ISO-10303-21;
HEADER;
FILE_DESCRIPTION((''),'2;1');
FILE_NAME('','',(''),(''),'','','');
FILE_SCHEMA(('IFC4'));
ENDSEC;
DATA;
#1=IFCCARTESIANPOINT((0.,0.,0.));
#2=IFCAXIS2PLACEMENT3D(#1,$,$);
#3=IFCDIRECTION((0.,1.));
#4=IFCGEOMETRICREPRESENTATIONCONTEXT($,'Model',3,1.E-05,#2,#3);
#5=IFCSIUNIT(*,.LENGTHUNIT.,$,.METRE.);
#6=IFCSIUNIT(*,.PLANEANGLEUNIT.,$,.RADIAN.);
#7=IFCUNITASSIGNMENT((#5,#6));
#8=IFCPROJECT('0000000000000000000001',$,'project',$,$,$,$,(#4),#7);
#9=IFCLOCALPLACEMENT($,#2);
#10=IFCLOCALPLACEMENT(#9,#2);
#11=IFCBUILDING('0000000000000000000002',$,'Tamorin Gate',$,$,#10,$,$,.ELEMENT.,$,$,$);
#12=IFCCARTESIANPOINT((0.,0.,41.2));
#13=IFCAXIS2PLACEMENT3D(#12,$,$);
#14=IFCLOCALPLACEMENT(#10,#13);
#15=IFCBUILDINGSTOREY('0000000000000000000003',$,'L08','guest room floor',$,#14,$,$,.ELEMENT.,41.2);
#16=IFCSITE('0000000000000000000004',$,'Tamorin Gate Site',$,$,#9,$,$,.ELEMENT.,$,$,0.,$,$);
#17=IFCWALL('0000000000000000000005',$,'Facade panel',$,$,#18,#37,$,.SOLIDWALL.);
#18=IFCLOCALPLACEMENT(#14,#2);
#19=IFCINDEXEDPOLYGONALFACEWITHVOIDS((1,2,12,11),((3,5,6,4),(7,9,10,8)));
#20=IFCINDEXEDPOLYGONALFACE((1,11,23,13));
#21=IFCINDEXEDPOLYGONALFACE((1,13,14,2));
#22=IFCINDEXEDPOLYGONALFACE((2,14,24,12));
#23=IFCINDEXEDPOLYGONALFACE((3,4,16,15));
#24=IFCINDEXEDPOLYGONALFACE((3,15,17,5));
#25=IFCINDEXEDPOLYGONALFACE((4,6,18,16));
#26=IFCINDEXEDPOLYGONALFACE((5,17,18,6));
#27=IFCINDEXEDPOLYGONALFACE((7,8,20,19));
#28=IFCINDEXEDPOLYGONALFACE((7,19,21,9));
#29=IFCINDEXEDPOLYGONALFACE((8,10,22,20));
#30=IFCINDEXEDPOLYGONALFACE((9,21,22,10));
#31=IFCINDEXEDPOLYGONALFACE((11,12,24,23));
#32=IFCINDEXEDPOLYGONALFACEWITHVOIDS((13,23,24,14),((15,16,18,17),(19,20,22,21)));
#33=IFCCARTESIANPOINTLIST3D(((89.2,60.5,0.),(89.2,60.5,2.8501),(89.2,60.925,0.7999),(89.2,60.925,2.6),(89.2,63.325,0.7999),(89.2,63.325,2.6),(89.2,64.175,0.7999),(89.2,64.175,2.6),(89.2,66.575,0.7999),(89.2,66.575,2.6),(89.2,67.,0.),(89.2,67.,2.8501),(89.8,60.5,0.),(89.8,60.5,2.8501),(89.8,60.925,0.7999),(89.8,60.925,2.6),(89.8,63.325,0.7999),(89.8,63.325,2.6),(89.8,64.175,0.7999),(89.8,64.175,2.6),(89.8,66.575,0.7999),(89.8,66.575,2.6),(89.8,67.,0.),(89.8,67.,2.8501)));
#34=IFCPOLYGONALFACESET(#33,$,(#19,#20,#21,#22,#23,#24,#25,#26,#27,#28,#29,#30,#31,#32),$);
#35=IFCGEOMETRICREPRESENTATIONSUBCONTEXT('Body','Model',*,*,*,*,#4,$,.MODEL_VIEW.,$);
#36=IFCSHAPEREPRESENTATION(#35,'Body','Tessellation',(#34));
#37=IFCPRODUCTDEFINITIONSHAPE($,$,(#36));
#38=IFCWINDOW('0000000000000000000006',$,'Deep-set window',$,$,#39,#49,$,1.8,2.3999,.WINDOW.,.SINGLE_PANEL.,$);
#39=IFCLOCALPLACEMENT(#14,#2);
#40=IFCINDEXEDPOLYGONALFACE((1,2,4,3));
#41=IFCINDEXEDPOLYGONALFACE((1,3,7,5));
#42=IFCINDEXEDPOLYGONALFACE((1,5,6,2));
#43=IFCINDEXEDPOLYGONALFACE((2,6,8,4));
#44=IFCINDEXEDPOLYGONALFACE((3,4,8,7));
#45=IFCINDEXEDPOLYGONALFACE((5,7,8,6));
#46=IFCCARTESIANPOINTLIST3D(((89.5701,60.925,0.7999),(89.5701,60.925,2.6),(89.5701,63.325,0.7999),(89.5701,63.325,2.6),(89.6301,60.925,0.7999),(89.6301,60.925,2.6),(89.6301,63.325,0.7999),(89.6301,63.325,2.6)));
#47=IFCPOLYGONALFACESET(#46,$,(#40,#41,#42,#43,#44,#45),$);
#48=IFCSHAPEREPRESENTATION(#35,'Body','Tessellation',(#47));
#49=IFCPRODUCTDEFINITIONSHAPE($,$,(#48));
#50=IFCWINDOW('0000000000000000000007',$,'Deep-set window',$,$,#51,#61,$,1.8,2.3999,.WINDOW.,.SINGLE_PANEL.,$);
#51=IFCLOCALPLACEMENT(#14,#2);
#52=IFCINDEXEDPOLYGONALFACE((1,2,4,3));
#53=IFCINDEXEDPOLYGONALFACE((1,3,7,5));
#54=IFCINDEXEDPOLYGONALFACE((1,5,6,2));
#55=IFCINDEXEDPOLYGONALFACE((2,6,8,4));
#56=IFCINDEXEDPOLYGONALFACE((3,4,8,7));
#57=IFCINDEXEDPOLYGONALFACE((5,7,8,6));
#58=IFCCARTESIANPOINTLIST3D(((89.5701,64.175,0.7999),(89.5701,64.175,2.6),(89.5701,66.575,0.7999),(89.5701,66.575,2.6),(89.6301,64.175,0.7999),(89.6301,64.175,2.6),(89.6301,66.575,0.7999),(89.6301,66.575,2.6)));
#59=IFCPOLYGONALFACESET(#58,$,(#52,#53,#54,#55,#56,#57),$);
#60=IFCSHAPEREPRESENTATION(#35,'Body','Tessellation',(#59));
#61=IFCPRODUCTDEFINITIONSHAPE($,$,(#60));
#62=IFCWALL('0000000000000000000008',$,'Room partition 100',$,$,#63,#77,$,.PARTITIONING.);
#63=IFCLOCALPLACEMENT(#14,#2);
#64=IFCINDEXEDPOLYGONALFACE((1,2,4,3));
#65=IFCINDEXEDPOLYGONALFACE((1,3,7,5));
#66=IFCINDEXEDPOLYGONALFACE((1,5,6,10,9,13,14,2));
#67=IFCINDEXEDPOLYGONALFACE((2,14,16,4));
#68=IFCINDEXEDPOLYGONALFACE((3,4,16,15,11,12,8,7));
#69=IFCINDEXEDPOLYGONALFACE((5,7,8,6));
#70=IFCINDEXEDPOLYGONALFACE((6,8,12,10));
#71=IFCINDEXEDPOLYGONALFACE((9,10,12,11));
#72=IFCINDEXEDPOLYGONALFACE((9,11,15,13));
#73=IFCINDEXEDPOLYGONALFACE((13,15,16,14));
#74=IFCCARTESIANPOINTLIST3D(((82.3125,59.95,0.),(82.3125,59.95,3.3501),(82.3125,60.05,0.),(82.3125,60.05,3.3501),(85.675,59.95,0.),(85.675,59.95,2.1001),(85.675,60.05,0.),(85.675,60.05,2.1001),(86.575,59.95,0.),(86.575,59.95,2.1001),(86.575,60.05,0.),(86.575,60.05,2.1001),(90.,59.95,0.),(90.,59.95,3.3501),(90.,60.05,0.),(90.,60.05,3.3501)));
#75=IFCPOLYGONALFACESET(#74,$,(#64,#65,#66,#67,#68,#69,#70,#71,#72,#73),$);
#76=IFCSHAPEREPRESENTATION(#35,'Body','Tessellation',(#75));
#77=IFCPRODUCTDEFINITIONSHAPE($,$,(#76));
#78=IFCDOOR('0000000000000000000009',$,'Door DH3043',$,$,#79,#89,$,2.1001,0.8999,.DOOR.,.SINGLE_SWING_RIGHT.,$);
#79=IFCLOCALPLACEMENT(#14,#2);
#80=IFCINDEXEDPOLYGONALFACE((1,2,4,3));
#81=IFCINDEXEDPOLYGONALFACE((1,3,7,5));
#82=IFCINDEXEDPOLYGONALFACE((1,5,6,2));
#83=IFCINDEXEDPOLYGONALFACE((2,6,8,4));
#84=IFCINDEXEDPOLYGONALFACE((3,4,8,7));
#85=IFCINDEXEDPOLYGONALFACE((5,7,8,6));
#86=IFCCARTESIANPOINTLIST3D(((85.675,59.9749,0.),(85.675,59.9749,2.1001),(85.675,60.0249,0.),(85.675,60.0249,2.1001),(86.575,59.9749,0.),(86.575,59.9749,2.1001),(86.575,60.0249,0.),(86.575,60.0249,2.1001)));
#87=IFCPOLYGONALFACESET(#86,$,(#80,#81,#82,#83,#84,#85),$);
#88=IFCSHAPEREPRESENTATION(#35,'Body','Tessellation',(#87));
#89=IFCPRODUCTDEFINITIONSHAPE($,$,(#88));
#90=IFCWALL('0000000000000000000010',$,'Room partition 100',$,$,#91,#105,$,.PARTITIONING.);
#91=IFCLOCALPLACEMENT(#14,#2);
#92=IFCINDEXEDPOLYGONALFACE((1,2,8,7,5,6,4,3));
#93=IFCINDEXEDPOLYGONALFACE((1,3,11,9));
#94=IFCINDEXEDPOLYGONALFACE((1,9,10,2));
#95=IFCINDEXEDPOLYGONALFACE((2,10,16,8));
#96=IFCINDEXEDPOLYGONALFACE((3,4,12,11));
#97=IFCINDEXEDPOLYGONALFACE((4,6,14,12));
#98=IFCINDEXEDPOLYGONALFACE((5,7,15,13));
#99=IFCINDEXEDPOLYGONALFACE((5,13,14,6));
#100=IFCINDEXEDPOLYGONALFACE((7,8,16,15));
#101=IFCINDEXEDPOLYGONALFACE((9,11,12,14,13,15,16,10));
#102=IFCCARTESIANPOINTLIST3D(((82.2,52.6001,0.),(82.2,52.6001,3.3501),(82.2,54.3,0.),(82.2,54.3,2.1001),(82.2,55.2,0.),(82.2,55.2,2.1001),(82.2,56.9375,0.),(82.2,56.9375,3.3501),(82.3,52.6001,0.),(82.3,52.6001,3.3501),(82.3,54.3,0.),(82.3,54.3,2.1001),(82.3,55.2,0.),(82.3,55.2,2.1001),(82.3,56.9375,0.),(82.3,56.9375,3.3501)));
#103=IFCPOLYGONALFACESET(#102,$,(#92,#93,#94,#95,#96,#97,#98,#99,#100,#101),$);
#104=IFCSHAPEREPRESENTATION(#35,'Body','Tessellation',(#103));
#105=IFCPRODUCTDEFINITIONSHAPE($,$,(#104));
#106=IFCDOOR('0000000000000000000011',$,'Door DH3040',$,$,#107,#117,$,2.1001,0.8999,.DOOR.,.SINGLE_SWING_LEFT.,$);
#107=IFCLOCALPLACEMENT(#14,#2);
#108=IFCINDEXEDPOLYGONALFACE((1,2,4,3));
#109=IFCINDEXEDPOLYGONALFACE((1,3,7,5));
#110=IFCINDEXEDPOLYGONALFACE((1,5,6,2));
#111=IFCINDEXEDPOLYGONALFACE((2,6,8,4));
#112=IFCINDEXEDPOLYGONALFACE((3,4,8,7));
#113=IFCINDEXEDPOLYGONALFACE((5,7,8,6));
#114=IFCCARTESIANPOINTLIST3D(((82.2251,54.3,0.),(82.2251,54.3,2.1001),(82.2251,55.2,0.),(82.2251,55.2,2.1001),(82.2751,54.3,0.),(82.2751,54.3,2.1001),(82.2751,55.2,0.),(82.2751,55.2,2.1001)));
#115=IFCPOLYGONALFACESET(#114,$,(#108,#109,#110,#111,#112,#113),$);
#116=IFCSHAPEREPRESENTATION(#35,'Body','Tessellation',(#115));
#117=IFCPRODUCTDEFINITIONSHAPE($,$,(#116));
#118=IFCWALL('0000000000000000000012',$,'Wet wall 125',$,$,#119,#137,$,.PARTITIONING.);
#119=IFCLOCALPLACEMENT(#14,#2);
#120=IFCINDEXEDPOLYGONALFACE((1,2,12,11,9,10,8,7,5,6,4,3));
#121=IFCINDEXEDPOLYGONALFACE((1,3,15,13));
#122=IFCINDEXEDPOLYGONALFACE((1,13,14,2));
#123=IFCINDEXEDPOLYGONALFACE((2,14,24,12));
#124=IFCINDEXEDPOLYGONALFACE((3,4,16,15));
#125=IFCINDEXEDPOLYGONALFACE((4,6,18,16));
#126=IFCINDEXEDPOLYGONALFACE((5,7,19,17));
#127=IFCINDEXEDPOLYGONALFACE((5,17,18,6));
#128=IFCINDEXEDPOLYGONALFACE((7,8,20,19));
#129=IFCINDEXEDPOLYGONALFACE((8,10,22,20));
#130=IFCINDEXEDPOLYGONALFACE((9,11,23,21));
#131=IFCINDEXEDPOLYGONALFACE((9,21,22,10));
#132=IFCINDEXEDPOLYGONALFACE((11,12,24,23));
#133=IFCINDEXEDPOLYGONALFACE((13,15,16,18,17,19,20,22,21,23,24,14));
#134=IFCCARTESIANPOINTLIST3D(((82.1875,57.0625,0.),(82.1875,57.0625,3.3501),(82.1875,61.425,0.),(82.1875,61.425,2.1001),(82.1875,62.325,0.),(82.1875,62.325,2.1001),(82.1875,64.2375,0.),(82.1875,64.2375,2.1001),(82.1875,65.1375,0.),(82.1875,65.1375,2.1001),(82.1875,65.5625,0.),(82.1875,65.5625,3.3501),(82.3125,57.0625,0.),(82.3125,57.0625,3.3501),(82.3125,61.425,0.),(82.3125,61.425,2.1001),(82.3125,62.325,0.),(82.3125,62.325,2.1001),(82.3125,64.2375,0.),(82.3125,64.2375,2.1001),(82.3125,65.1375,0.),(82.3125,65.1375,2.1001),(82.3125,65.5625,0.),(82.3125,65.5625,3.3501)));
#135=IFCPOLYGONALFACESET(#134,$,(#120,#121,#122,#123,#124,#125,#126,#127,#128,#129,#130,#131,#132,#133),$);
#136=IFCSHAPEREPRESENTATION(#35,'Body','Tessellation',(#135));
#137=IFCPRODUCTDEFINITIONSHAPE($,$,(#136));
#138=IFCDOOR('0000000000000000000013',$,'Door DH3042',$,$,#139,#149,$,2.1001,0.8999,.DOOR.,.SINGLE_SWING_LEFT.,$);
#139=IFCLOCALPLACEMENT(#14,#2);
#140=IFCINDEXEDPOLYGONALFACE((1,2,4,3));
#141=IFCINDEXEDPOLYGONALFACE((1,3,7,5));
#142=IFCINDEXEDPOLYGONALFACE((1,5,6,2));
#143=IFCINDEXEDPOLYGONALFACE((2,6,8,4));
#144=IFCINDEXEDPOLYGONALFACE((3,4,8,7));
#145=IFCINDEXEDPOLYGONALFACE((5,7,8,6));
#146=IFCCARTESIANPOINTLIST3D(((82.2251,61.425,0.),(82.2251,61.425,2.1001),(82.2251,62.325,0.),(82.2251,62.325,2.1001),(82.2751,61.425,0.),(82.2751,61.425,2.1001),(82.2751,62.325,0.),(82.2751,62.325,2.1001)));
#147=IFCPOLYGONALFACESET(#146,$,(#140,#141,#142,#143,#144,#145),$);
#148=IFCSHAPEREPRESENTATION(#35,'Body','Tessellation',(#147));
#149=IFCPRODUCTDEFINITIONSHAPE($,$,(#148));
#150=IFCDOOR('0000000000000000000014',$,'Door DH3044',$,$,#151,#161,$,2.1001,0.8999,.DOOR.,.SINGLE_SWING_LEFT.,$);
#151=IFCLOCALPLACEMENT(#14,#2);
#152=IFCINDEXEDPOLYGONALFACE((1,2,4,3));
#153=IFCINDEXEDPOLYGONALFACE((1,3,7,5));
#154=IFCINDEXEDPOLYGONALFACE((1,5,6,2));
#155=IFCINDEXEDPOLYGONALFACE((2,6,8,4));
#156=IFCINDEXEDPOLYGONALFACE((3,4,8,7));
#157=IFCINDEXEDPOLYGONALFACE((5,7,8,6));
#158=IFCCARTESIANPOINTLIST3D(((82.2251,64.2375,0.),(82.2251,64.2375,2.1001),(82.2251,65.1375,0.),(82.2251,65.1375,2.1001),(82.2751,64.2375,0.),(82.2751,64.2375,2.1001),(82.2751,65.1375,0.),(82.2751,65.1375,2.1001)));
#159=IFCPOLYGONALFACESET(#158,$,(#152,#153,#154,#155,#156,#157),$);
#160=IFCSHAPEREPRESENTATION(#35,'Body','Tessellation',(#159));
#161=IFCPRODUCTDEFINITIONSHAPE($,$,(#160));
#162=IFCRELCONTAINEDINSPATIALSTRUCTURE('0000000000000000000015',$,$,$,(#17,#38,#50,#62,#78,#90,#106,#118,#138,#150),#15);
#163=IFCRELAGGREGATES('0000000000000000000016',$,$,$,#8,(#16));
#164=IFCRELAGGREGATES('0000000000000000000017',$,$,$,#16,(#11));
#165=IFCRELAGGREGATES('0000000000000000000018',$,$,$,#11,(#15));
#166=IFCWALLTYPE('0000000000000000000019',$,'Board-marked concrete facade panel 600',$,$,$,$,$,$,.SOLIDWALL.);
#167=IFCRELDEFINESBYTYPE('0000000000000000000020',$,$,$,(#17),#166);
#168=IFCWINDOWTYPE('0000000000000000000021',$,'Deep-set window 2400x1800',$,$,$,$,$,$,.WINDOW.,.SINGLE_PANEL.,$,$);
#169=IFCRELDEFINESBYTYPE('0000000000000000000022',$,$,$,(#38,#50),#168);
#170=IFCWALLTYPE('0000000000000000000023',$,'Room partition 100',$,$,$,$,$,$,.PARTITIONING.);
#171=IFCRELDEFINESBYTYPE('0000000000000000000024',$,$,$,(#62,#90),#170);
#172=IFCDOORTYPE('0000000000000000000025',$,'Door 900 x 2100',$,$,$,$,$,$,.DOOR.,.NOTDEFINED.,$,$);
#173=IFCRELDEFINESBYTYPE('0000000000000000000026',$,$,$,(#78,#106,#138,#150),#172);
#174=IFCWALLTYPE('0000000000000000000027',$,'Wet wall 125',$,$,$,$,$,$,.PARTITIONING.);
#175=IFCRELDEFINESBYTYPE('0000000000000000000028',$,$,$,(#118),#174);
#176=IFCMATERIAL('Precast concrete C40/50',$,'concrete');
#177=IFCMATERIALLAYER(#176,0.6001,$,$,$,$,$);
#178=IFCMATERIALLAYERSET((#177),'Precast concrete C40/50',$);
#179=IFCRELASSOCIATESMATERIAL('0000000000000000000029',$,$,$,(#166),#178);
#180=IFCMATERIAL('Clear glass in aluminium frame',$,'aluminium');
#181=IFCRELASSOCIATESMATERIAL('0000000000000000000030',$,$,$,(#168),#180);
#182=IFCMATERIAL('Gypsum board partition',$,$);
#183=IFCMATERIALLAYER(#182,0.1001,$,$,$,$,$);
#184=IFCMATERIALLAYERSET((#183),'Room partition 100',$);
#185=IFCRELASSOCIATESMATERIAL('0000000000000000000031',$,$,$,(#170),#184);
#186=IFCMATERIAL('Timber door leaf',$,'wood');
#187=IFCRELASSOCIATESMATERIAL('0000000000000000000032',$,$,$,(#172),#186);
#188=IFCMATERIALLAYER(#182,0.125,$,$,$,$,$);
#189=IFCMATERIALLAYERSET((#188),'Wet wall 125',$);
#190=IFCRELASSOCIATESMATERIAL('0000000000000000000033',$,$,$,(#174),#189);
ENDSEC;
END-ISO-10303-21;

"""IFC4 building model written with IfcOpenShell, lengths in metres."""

from ifc_helpers import new_model, si_unit, direction, frame, frame_2d, origin, place, context, subcontext, project, spatial, rectangle, extrude, material, layer, layer_set, type_object, element, fill, save


model = new_model("IFC4")

# Units and contexts
model_context = context("Model", 3, precision=1e-05, world=origin(), true_north=direction((0.0, 1.0)))
body_context = subcontext(model_context, "Body", "Model", "MODEL_VIEW")
ifc_project = project(units=[si_unit("LENGTHUNIT", "METRE"), si_unit("PLANEANGLEUNIT", "RADIAN")], contexts=[model_context])

# Site, building, storey
site_placement = place(None, origin())
site = spatial("IfcSite", under=ifc_project, at=site_placement, Name="Tamorin Gate Site", CompositionType="ELEMENT", RefElevation=0.0)
building_placement = place(site_placement, origin())
building = spatial("IfcBuilding", under=site, at=building_placement, Name="Tamorin Gate", CompositionType="ELEMENT")
storey_placement = place(building_placement, frame((0.0, 0.0, 41.2)))
storey = spatial("IfcBuildingStorey", under=building, at=storey_placement, Name="L08", Description="guest room floor", CompositionType="ELEMENT", Elevation=41.2)

# Wall, openings, windows
ifc_material_1 = material(Name="Precast concrete C40/50", Category="concrete")
ifc_layer_1 = layer(ifc_material_1, 0.6001)
ifc_layer_set_1 = layer_set([ifc_layer_1], Name="Precast concrete C40/50")
wall_type_1 = type_object("IfcWallType", Name="Board-marked concrete facade panel 600", PredefinedType="SOLIDWALL", material=ifc_layer_set_1)
ifc_material_2 = material(Name="Clear glass in aluminium frame", Category="aluminium")
window_type = type_object("IfcWindowType", Name="Deep-set window 2400x1800", PartitioningType="SINGLE_PANEL", PredefinedType="WINDOW", material=ifc_material_2)
wall_1_placement = place(storey_placement, frame((89.5, 60.5, 0.0), z_axis=(0.0, 0.0, 1.0), x_axis=(0.0, 1.0, 0.0)))
wall_1 = element("IfcWall", 1, at=wall_1_placement, inside=storey, type_object=wall_type_1, Name="Facade panel", PredefinedType="SOLIDWALL", context=body_context, shape_type="SweptSolid", body=[
    extrude(rectangle(XDim=6.5, YDim=0.6001, at=frame_2d((3.25, 0.0))), origin(), (0.0, 0.0, 1.0), 2.8501),
])
opening_1_placement = place(wall_1_placement, frame((0.425, 0.0, 0.8)))
opening_1 = element("IfcOpeningElement", 2, at=opening_1_placement, cuts=wall_1, PredefinedType="OPENING", context=body_context, shape_type="SweptSolid", body=[
    extrude(rectangle(XDim=2.3999, YDim=1.8, at=frame_2d((1.2, 0.8999))), frame((0.0, 0.3101, 0.0), z_axis=(0.0, -1.0, 0.0), x_axis=(1.0, 0.0, 0.0)), (0.0, 0.0, 1.0), 0.6201),
])
opening_2_placement = place(wall_1_placement, frame((3.675, 0.0, 0.8)))
opening_2 = element("IfcOpeningElement", 3, at=opening_2_placement, cuts=wall_1, PredefinedType="OPENING", context=body_context, shape_type="SweptSolid", body=[
    extrude(rectangle(XDim=2.3999, YDim=1.8, at=frame_2d((1.2, 0.8999))), frame((0.0, 0.3101, 0.0), z_axis=(0.0, -1.0, 0.0), x_axis=(1.0, 0.0, 0.0)), (0.0, 0.0, 1.0), 0.6201),
])
window_1_placement = place(opening_1_placement, origin())
window_1 = element("IfcWindow", 4, at=window_1_placement, inside=storey, type_object=window_type, Name="Deep-set window", OverallHeight=1.8, OverallWidth=2.3999, PartitioningType="SINGLE_PANEL", PredefinedType="WINDOW", context=body_context, shape_type="SweptSolid", body=[
    extrude(rectangle(XDim=2.3999, YDim=1.8, at=frame_2d((1.2, 0.8999))), frame((0.0, -0.0701, 0.0), z_axis=(0.0, -1.0, 0.0), x_axis=(1.0, 0.0, 0.0)), (0.0, 0.0, 1.0), 0.0601),
])
fill(opening_1, window_1)
window_2_placement = place(opening_2_placement, origin())
window_2 = element("IfcWindow", 5, at=window_2_placement, inside=storey, type_object=window_type, Name="Deep-set window", OverallHeight=1.8, OverallWidth=2.3999, PartitioningType="SINGLE_PANEL", PredefinedType="WINDOW", context=body_context, shape_type="SweptSolid", body=[
    extrude(rectangle(XDim=2.3999, YDim=1.8, at=frame_2d((1.2, 0.8999))), frame((0.0, -0.0701, 0.0), z_axis=(0.0, -1.0, 0.0), x_axis=(1.0, 0.0, 0.0)), (0.0, 0.0, 1.0), 0.0601),
])
fill(opening_2, window_2)

# Walls, openings, doors
ifc_material_3 = material(Name="Gypsum board partition")
ifc_layer_2 = layer(ifc_material_3, 0.1001)
ifc_layer_set_2 = layer_set([ifc_layer_2], Name="Room partition 100")
wall_type_2 = type_object("IfcWallType", Name="Room partition 100", PredefinedType="PARTITIONING", material=ifc_layer_set_2)
wall_2_placement = place(storey_placement, frame((82.3125, 60.0, 0.0), z_axis=(0.0, 0.0, 1.0), x_axis=(1.0, 0.0, 0.0)))
wall_2 = element("IfcWall", 6, at=wall_2_placement, inside=storey, type_object=wall_type_2, Name="Room partition 100", PredefinedType="PARTITIONING", context=body_context, shape_type="SweptSolid", body=[
    extrude(rectangle(XDim=7.6875, YDim=0.1001, at=frame_2d((3.8438, 0.0))), origin(), (0.0, 0.0, 1.0), 3.3501),
])
opening_3_placement = place(wall_2_placement, frame((3.3625, 0.0, 0.0)))
opening_3 = element("IfcOpeningElement", 7, at=opening_3_placement, cuts=wall_2, PredefinedType="OPENING", context=body_context, shape_type="SweptSolid", body=[
    extrude(rectangle(XDim=0.8999, YDim=2.1001, at=frame_2d((0.45, 1.05))), frame((0.0, 0.0601, 0.0), z_axis=(0.0, -1.0, 0.0), x_axis=(1.0, 0.0, 0.0)), (0.0, 0.0, 1.0), 0.1201),
])
ifc_material_4 = material(Name="Timber door leaf", Category="wood")
door_type = type_object("IfcDoorType", Name="Door 900 x 2100", OperationType="NOTDEFINED", PredefinedType="DOOR", material=ifc_material_4)
door_1_placement = place(opening_3_placement, origin())
door_1 = element("IfcDoor", 8, at=door_1_placement, inside=storey, type_object=door_type, Name="Door DH3043", OperationType="SINGLE_SWING_RIGHT", OverallHeight=2.1001, OverallWidth=0.8999, PredefinedType="DOOR", context=body_context, shape_type="SweptSolid", body=[
    extrude(rectangle(XDim=0.8999, YDim=2.1001, at=frame_2d((0.45, 1.05))), frame((0.0, 0.0249, 0.0), z_axis=(0.0, -1.0, 0.0), x_axis=(1.0, 0.0, 0.0)), (0.0, 0.0, 1.0), 0.05),
])
fill(opening_3, door_1)
wall_3_placement = place(storey_placement, frame((82.25, 52.6001, 0.0), z_axis=(0.0, 0.0, 1.0), x_axis=(0.0, 1.0, 0.0)))
wall_3 = element("IfcWall", 9, at=wall_3_placement, inside=storey, type_object=wall_type_2, Name="Room partition 100", PredefinedType="PARTITIONING", context=body_context, shape_type="SweptSolid", body=[
    extrude(rectangle(XDim=4.3374, YDim=0.1001, at=frame_2d((2.1687, 0.0))), origin(), (0.0, 0.0, 1.0), 3.3501),
])
opening_4_placement = place(wall_3_placement, frame((1.7, 0.0, 0.0)))
opening_4 = element("IfcOpeningElement", 10, at=opening_4_placement, cuts=wall_3, PredefinedType="OPENING", context=body_context, shape_type="SweptSolid", body=[
    extrude(rectangle(XDim=0.8999, YDim=2.1001, at=frame_2d((0.45, 1.05))), frame((0.0, 0.0601, 0.0), z_axis=(0.0, -1.0, 0.0), x_axis=(1.0, 0.0, 0.0)), (0.0, 0.0, 1.0), 0.1201),
])
door_2_placement = place(opening_4_placement, origin())
door_2 = element("IfcDoor", 11, at=door_2_placement, inside=storey, type_object=door_type, Name="Door DH3040", OperationType="SINGLE_SWING_LEFT", OverallHeight=2.1001, OverallWidth=0.8999, PredefinedType="DOOR", context=body_context, shape_type="SweptSolid", body=[
    extrude(rectangle(XDim=0.8999, YDim=2.1001, at=frame_2d((0.45, 1.05))), frame((0.0, 0.0249, 0.0), z_axis=(0.0, -1.0, 0.0), x_axis=(1.0, 0.0, 0.0)), (0.0, 0.0, 1.0), 0.05),
])
fill(opening_4, door_2)

# Wall, openings, doors
ifc_layer_3 = layer(ifc_material_3, 0.125)
ifc_layer_set_3 = layer_set([ifc_layer_3], Name="Wet wall 125")
wall_type_3 = type_object("IfcWallType", Name="Wet wall 125", PredefinedType="PARTITIONING", material=ifc_layer_set_3)
wall_4_placement = place(storey_placement, frame((82.25, 57.0625, 0.0), z_axis=(0.0, 0.0, 1.0), x_axis=(0.0, 1.0, 0.0)))
wall_4 = element("IfcWall", 12, at=wall_4_placement, inside=storey, type_object=wall_type_3, Name="Wet wall 125", PredefinedType="PARTITIONING", context=body_context, shape_type="SweptSolid", body=[
    extrude(rectangle(XDim=8.5, YDim=0.125, at=frame_2d((4.25, 0.0))), origin(), (0.0, 0.0, 1.0), 3.3501),
])
opening_5_placement = place(wall_4_placement, frame((4.3625, 0.0, 0.0)))
opening_5 = element("IfcOpeningElement", 13, at=opening_5_placement, cuts=wall_4, PredefinedType="OPENING", context=body_context, shape_type="SweptSolid", body=[
    extrude(rectangle(XDim=0.8999, YDim=2.1001, at=frame_2d((0.45, 1.05))), frame((0.0, 0.0725, 0.0), z_axis=(0.0, -1.0, 0.0), x_axis=(1.0, 0.0, 0.0)), (0.0, 0.0, 1.0), 0.145),
])
opening_6_placement = place(wall_4_placement, frame((7.175, 0.0, 0.0)))
opening_6 = element("IfcOpeningElement", 14, at=opening_6_placement, cuts=wall_4, PredefinedType="OPENING", context=body_context, shape_type="SweptSolid", body=[
    extrude(rectangle(XDim=0.8999, YDim=2.1001, at=frame_2d((0.45, 1.05))), frame((0.0, 0.0725, 0.0), z_axis=(0.0, -1.0, 0.0), x_axis=(1.0, 0.0, 0.0)), (0.0, 0.0, 1.0), 0.145),
])
door_3_placement = place(opening_5_placement, origin())
door_3 = element("IfcDoor", 15, at=door_3_placement, inside=storey, type_object=door_type, Name="Door DH3042", OperationType="SINGLE_SWING_LEFT", OverallHeight=2.1001, OverallWidth=0.8999, PredefinedType="DOOR", context=body_context, shape_type="SweptSolid", body=[
    extrude(rectangle(XDim=0.8999, YDim=2.1001, at=frame_2d((0.45, 1.05))), frame((0.0, 0.0249, 0.0), z_axis=(0.0, -1.0, 0.0), x_axis=(1.0, 0.0, 0.0)), (0.0, 0.0, 1.0), 0.05),
])
fill(opening_5, door_3)
door_4_placement = place(opening_6_placement, origin())
door_4 = element("IfcDoor", 16, at=door_4_placement, inside=storey, type_object=door_type, Name="Door DH3044", OperationType="SINGLE_SWING_LEFT", OverallHeight=2.1001, OverallWidth=0.8999, PredefinedType="DOOR", context=body_context, shape_type="SweptSolid", body=[
    extrude(rectangle(XDim=0.8999, YDim=2.1001, at=frame_2d((0.45, 1.05))), frame((0.0, 0.0249, 0.0), z_axis=(0.0, -1.0, 0.0), x_axis=(1.0, 0.0, 0.0)), (0.0, 0.0, 1.0), 0.05),
])
fill(opening_6, door_4)

save(model, "model.ifc")
